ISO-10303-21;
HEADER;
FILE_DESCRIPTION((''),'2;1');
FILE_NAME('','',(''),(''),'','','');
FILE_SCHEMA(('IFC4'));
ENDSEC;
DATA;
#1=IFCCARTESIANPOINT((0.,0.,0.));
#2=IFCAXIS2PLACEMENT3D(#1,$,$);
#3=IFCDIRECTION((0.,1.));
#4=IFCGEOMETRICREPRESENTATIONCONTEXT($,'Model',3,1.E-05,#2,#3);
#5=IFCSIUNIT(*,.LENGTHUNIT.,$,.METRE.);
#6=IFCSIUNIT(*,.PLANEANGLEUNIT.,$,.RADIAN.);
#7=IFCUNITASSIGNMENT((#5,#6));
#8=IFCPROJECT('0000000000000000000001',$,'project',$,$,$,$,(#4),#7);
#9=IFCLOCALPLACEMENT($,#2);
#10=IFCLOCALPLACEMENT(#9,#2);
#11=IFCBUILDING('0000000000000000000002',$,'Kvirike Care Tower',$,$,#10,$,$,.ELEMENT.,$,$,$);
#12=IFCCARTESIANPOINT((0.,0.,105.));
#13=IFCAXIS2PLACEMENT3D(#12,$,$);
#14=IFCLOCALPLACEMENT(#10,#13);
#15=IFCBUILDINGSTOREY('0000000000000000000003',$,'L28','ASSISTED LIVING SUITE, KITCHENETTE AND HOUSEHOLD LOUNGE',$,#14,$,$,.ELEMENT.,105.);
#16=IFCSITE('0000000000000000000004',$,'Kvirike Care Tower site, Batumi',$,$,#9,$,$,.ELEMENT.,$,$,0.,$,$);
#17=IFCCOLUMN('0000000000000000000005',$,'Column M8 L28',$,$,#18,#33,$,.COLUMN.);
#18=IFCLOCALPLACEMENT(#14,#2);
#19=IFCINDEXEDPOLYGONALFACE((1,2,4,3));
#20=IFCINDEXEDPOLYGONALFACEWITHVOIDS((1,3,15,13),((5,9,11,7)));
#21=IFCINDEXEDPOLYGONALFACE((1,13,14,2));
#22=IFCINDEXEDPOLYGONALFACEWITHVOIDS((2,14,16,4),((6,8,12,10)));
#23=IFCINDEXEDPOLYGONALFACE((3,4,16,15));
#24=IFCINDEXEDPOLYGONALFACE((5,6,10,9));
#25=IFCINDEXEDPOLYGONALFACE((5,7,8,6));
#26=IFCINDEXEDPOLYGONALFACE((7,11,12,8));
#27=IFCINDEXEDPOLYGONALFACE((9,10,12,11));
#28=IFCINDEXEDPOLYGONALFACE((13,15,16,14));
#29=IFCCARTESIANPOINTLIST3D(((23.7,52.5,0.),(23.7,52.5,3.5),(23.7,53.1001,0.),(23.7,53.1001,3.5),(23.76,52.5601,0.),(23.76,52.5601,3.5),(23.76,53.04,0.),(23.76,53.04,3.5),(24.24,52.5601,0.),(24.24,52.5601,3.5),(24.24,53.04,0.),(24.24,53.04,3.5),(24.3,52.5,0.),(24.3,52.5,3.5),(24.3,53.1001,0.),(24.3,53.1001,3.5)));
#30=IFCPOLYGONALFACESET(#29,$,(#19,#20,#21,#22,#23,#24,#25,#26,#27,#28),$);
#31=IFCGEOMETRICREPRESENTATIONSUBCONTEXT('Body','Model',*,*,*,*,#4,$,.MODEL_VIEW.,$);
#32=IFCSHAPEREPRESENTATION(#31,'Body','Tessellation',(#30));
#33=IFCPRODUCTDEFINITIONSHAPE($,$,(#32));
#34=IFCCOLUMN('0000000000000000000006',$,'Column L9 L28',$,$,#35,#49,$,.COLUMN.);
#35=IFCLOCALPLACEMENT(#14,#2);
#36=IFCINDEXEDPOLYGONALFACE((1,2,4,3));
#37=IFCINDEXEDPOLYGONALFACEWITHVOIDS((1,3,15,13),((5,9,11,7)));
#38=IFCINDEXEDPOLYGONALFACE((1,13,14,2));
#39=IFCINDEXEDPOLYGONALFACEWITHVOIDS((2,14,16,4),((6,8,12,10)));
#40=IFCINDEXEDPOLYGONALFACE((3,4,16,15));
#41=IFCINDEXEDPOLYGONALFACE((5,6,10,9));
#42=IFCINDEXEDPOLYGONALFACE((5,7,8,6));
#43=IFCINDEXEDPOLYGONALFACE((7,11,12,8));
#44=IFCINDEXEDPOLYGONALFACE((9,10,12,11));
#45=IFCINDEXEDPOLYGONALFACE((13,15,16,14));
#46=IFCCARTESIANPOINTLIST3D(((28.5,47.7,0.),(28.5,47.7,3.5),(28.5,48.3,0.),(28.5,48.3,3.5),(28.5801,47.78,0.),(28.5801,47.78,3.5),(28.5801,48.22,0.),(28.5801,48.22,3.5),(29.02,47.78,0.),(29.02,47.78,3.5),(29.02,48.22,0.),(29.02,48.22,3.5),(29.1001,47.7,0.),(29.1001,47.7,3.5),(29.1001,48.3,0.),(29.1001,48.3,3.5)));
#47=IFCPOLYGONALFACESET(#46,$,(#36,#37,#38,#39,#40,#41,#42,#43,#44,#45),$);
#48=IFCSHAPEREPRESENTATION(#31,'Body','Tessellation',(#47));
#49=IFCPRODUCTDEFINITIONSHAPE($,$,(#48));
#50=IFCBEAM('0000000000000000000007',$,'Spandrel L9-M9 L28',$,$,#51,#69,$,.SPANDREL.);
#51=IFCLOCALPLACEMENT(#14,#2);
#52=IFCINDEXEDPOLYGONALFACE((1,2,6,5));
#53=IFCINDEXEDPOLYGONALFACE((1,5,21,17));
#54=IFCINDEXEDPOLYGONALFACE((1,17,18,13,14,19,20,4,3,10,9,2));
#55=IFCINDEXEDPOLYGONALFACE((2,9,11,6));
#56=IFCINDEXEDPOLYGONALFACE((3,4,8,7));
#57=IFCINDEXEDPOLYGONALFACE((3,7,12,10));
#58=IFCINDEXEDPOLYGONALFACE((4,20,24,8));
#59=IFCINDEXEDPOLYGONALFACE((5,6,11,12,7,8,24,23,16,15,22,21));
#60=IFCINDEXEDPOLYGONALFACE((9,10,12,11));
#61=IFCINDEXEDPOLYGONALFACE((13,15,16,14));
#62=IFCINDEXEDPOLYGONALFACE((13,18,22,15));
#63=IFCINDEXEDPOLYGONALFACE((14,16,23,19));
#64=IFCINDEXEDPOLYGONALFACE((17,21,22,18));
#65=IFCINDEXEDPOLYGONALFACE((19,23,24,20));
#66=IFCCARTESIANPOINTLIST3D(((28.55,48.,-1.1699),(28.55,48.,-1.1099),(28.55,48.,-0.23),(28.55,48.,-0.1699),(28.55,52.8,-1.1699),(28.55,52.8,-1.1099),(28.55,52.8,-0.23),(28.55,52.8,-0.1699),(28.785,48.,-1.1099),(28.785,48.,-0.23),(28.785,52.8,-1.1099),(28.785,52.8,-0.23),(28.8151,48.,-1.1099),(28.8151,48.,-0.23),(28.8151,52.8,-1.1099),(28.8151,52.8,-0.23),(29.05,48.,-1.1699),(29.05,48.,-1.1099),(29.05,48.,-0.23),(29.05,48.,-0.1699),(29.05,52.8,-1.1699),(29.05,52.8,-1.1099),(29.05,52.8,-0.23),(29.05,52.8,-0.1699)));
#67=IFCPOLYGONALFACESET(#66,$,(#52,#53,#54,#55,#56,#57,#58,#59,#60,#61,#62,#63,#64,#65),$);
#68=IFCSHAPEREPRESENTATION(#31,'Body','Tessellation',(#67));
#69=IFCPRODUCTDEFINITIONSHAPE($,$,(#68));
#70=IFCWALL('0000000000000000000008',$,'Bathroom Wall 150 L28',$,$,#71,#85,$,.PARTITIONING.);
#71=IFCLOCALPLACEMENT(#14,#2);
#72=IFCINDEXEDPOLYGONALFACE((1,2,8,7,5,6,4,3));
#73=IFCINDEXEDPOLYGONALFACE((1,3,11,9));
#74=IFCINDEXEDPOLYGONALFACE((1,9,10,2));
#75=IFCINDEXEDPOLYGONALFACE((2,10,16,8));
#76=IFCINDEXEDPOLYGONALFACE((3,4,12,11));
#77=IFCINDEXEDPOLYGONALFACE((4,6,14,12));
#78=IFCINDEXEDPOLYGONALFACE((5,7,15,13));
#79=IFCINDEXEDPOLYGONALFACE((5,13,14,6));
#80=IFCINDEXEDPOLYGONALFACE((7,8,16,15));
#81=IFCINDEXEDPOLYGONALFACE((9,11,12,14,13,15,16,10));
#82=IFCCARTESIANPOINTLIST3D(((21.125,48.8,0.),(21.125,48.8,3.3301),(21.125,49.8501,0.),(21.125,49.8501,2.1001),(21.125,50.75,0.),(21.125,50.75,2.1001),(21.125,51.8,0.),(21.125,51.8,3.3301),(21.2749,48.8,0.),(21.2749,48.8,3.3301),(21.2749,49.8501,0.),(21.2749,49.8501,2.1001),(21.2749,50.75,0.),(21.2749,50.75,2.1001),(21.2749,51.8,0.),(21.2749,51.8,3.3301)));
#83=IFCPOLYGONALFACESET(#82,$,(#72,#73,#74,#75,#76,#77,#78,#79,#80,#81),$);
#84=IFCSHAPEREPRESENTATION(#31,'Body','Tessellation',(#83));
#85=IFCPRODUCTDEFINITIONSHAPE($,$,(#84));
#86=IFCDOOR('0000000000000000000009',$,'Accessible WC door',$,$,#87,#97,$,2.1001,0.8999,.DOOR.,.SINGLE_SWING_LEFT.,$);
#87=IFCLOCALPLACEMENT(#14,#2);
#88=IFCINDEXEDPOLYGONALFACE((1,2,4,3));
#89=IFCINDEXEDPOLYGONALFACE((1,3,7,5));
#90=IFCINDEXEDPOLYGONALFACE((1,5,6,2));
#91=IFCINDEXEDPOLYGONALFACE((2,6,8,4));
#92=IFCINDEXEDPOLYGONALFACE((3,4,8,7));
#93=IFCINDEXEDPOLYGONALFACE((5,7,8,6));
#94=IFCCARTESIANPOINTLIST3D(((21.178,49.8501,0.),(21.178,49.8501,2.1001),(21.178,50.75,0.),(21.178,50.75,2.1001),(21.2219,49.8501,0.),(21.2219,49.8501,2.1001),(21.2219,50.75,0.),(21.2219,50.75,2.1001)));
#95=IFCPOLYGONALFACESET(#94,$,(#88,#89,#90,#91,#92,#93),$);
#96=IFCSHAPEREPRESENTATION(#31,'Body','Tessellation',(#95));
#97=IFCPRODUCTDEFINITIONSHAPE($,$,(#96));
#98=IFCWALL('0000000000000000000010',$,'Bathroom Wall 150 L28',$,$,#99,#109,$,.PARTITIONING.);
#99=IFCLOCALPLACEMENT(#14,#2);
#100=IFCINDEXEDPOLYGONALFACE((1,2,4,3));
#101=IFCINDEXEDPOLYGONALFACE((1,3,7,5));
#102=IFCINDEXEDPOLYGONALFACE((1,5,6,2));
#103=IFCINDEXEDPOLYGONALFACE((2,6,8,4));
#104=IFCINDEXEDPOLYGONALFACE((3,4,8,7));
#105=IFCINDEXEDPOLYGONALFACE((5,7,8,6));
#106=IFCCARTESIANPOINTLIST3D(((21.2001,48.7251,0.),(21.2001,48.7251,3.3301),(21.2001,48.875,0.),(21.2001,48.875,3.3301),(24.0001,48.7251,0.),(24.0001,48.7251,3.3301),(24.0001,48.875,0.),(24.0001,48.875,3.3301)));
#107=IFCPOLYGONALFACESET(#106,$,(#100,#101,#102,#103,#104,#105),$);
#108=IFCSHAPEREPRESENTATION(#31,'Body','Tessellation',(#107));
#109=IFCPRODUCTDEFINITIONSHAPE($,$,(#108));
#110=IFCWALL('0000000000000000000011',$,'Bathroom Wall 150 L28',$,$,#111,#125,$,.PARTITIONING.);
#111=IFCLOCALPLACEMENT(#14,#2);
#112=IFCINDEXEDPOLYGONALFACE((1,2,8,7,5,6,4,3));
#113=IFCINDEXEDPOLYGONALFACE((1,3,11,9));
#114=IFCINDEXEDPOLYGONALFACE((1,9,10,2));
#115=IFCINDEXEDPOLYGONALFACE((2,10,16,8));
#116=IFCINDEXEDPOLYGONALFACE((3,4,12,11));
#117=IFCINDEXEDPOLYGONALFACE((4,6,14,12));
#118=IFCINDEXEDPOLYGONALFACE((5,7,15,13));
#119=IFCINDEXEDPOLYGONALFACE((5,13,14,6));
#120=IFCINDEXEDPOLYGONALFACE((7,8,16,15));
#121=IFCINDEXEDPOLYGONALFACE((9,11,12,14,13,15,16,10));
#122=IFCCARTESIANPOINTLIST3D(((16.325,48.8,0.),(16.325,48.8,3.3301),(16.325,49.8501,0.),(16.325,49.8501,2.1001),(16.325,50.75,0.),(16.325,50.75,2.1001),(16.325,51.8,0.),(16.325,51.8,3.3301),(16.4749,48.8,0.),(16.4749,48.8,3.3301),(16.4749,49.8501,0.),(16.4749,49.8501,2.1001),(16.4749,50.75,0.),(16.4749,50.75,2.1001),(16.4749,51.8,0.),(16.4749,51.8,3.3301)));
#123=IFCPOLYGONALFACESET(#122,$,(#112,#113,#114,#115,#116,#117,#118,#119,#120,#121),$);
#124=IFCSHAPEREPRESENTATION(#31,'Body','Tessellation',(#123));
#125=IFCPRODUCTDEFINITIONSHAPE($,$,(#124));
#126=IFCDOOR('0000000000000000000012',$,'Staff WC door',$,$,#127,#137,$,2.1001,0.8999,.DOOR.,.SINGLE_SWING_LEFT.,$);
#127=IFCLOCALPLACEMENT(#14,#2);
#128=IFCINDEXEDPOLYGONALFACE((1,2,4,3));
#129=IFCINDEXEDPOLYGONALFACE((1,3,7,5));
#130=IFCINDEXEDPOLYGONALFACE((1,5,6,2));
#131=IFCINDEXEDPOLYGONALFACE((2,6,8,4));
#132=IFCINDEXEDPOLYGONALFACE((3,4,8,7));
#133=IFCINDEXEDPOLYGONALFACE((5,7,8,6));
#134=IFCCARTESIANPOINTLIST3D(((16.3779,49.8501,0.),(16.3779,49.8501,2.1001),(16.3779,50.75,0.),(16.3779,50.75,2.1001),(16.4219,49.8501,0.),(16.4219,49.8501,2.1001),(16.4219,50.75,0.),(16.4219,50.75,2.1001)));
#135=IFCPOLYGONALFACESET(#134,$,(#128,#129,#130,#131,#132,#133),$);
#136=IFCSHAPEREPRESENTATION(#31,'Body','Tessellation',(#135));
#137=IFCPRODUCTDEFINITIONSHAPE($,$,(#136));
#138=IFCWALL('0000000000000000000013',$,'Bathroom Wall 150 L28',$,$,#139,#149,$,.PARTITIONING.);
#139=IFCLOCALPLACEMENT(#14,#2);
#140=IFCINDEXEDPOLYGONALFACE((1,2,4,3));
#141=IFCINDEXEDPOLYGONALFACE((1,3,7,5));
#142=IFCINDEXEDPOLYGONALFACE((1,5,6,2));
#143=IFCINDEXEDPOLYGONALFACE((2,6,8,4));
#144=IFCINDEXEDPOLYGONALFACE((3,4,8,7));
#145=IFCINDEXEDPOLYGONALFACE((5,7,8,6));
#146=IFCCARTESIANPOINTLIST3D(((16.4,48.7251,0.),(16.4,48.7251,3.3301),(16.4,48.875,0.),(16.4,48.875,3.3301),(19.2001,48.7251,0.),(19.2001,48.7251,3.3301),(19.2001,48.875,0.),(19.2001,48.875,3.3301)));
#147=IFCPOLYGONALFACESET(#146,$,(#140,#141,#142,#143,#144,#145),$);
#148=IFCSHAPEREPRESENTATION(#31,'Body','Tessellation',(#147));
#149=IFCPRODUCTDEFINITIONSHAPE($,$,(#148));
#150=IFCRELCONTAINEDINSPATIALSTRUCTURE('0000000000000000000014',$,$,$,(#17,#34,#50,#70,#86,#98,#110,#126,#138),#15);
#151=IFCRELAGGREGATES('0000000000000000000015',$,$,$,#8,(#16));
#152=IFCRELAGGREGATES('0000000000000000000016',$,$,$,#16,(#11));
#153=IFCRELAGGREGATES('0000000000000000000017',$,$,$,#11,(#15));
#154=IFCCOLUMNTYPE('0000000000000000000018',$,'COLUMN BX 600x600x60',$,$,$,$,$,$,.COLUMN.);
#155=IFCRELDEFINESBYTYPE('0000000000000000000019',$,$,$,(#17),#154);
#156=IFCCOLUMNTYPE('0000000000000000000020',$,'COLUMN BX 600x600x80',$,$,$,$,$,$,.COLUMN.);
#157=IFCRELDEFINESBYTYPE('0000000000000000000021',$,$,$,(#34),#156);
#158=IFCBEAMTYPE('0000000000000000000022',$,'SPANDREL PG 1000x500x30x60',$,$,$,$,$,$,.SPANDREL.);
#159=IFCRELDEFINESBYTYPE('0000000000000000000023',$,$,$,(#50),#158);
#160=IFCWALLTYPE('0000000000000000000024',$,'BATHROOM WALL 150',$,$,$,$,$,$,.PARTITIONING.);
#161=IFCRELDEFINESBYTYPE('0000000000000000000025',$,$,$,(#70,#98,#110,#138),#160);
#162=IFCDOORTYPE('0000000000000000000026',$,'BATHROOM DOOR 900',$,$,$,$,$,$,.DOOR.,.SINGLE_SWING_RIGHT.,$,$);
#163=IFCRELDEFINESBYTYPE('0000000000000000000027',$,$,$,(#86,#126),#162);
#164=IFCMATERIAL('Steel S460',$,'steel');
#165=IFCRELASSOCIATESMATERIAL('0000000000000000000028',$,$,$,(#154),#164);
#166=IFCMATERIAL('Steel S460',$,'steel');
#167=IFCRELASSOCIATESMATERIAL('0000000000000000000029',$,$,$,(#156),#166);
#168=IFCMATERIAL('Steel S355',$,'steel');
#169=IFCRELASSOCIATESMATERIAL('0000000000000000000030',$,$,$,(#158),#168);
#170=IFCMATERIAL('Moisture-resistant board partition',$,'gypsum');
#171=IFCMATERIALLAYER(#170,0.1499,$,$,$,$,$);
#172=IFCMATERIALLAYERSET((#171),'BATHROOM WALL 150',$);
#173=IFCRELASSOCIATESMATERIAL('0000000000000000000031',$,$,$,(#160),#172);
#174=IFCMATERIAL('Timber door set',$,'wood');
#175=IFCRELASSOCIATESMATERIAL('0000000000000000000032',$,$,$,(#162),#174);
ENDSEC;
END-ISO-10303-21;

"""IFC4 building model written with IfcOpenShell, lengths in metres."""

from ifc_helpers import new_model, si_unit, direction, frame, frame_2d, origin, origin_2d, place, context, subcontext, project, spatial, rectangle, hollow_rectangle, i_section, extrude, material, layer, layer_set, material_profile, profile_set, type_object, element, fill, save


model = new_model("IFC4")

# Units and contexts
model_context = context("Model", 3, precision=1e-05, world=origin(), true_north=direction((0.0, 1.0)))
body_context = subcontext(model_context, "Body", "Model", "MODEL_VIEW")
ifc_project = project(units=[si_unit("LENGTHUNIT", "METRE"), si_unit("PLANEANGLEUNIT", "RADIAN")], contexts=[model_context])

# Site, building, storey
site_placement = place(None, origin())
site = spatial("IfcSite", under=ifc_project, at=site_placement, Name="Kvirike Care Tower site, Batumi", CompositionType="ELEMENT", RefElevation=0.0)
building_placement = place(site_placement, origin())
building = spatial("IfcBuilding", under=site, at=building_placement, Name="Kvirike Care Tower", CompositionType="ELEMENT")
storey_placement = place(building_placement, frame((0.0, 0.0, 105.0)))
storey = spatial("IfcBuildingStorey", under=building, at=storey_placement, Name="L28", Description="ASSISTED LIVING SUITE, KITCHENETTE AND HOUSEHOLD LOUNGE", CompositionType="ELEMENT", Elevation=105.0)

# Columns
ifc_material_1 = material(Name="Steel S460", Category="steel")
ifc_material_profile_1 = material_profile(ifc_material_1, hollow_rectangle(XDim=0.6001, YDim=0.6001, WallThickness=0.0601, at=origin_2d()), Name="BX 600x600x60")
ifc_profile_set_1 = profile_set([ifc_material_profile_1], Name="Steel S460")
column_type_1 = type_object("IfcColumnType", Name="COLUMN BX 600x600x60", PredefinedType="COLUMN", material=ifc_profile_set_1)
column_1_placement = place(storey_placement, frame((24.0, 52.8, 0.0), z_axis=(0.0, 0.0, 1.0), x_axis=(0.0, 1.0, 0.0)))
element("IfcColumn", 1, at=column_1_placement, inside=storey, type_object=column_type_1, Name="Column M8 L28", PredefinedType="COLUMN", context=body_context, shape_type="SweptSolid", body=[
    extrude(hollow_rectangle(XDim=0.6001, YDim=0.6001, WallThickness=0.0601, at=origin_2d()), origin(), (0.0, 0.0, 1.0), 3.5),
])
ifc_material_2 = material(Name="Steel S460", Category="steel")
ifc_material_profile_2 = material_profile(ifc_material_2, hollow_rectangle(XDim=0.6001, YDim=0.6001, WallThickness=0.0801, at=origin_2d()), Name="BX 600x600x80")
ifc_profile_set_2 = profile_set([ifc_material_profile_2], Name="Steel S460")
column_type_2 = type_object("IfcColumnType", Name="COLUMN BX 600x600x80", PredefinedType="COLUMN", material=ifc_profile_set_2)
column_2_placement = place(storey_placement, frame((28.8, 48.0, 0.0), z_axis=(0.0, 0.0, 1.0), x_axis=(1.0, 0.0, 0.0)))
element("IfcColumn", 2, at=column_2_placement, inside=storey, type_object=column_type_2, Name="Column L9 L28", PredefinedType="COLUMN", context=body_context, shape_type="SweptSolid", body=[
    extrude(hollow_rectangle(XDim=0.6001, YDim=0.6001, WallThickness=0.0801, at=origin_2d()), origin(), (0.0, 0.0, 1.0), 3.5),
])

# Beam
ifc_material_3 = material(Name="Steel S355", Category="steel")
ifc_material_profile_3 = material_profile(ifc_material_3, i_section(OverallWidth=0.5, OverallDepth=1.0, WebThickness=0.03, FlangeThickness=0.0601, at=origin_2d()), Name="PG 1000x500x30x60")
ifc_profile_set_3 = profile_set([ifc_material_profile_3], Name="Steel S355")
beam_type = type_object("IfcBeamType", Name="SPANDREL PG 1000x500x30x60", PredefinedType="SPANDREL", material=ifc_profile_set_3)
beam_placement = place(storey_placement, frame((28.8, 48.0, -0.6699), z_axis=(0.0, 1.0, 0.0), x_axis=(-1.0, 0.0, 0.0)))
element("IfcBeam", 3, at=beam_placement, inside=storey, type_object=beam_type, Name="Spandrel L9-M9 L28", PredefinedType="SPANDREL", context=body_context, shape_type="SweptSolid", body=[
    extrude(i_section(OverallWidth=0.5, OverallDepth=1.0, WebThickness=0.03, FlangeThickness=0.0601, at=origin_2d()), origin(), (0.0, 0.0, 1.0), 4.8),
])

# Wall, opening, door
ifc_material_4 = material(Name="Moisture-resistant board partition", Category="gypsum")
ifc_layer_1 = layer(ifc_material_4, 0.1499)
ifc_layer_set_1 = layer_set([ifc_layer_1], Name="BATHROOM WALL 150")
wall_type_1 = type_object("IfcWallType", Name="BATHROOM WALL 150", PredefinedType="PARTITIONING", material=ifc_layer_set_1)
wall_1_placement = place(storey_placement, frame((21.2, 51.8, 0.0), z_axis=(0.0, 0.0, 1.0), x_axis=(0.0, -1.0, 0.0)))
wall_1 = element("IfcWall", 4, at=wall_1_placement, inside=storey, type_object=wall_type_1, Name="Bathroom Wall 150 L28", PredefinedType="PARTITIONING", context=body_context, shape_type="SweptSolid", body=[
    extrude(rectangle(XDim=3.0, YDim=0.1499, at=frame_2d((1.5, 0.0))), origin(), (0.0, 0.0, 1.0), 3.3301),
])
opening_1_placement = place(wall_1_placement, frame((1.05, 0.0, 0.0)))
opening_1 = element("IfcOpeningElement", 5, at=opening_1_placement, cuts=wall_1, PredefinedType="OPENING", context=body_context, shape_type="SweptSolid", body=[
    extrude(rectangle(XDim=0.8999, YDim=2.1001, at=frame_2d((0.45, 1.05))), frame((0.0, 0.0854, 0.0), z_axis=(0.0, -1.0, 0.0), x_axis=(1.0, 0.0, 0.0)), (0.0, 0.0, 1.0), 0.1709),
])
ifc_material_5 = material(Name="Timber door set", Category="wood")
door_type_1 = type_object("IfcDoorType", Name="BATHROOM DOOR 900", OperationType="SINGLE_SWING_RIGHT", PredefinedType="DOOR", material=ifc_material_5)
door_1_placement = place(opening_1_placement, origin())
door_1 = element("IfcDoor", 6, at=door_1_placement, inside=storey, type_object=door_type_1, Name="Accessible WC door", OperationType="SINGLE_SWING_LEFT", OverallHeight=2.1001, OverallWidth=0.8999, PredefinedType="DOOR", context=body_context, shape_type="SweptSolid", body=[
    extrude(rectangle(XDim=0.8999, YDim=2.1001, at=frame_2d((0.45, 1.05))), frame((0.0, 0.022, 0.0), z_axis=(0.0, -1.0, 0.0), x_axis=(1.0, 0.0, 0.0)), (0.0, 0.0, 1.0), 0.0439),
])
fill(opening_1, door_1)

# Wall
wall_2_placement = place(storey_placement, frame((24.0, 48.8, 0.0), z_axis=(0.0, 0.0, 1.0), x_axis=(-1.0, 0.0, 0.0)))
element("IfcWall", 7, at=wall_2_placement, inside=storey, type_object=wall_type_1, Name="Bathroom Wall 150 L28", PredefinedType="PARTITIONING", context=body_context, shape_type="SweptSolid", body=[
    extrude(rectangle(XDim=2.8, YDim=0.1499, at=frame_2d((1.3999, 0.0))), origin(), (0.0, 0.0, 1.0), 3.3301),
])

# Wall, opening, door
wall_3_placement = place(storey_placement, frame((16.3999, 51.8, 0.0), z_axis=(0.0, 0.0, 1.0), x_axis=(0.0, -1.0, 0.0)))
wall_3 = element("IfcWall", 8, at=wall_3_placement, inside=storey, type_object=wall_type_1, Name="Bathroom Wall 150 L28", PredefinedType="PARTITIONING", context=body_context, shape_type="SweptSolid", body=[
    extrude(rectangle(XDim=3.0, YDim=0.1499, at=frame_2d((1.5, 0.0))), origin(), (0.0, 0.0, 1.0), 3.3301),
])
opening_2_placement = place(wall_3_placement, frame((1.05, 0.0, 0.0)))
opening_2 = element("IfcOpeningElement", 9, at=opening_2_placement, cuts=wall_3, PredefinedType="OPENING", context=body_context, shape_type="SweptSolid", body=[
    extrude(rectangle(XDim=0.8999, YDim=2.1001, at=frame_2d((0.45, 1.05))), frame((0.0, 0.0854, 0.0), z_axis=(0.0, -1.0, 0.0), x_axis=(1.0, 0.0, 0.0)), (0.0, 0.0, 1.0), 0.1709),
])
door_2_placement = place(opening_2_placement, origin())
door_2 = element("IfcDoor", 10, at=door_2_placement, inside=storey, type_object=door_type_1, Name="Staff WC door", OperationType="SINGLE_SWING_LEFT", OverallHeight=2.1001, OverallWidth=0.8999, PredefinedType="DOOR", context=body_context, shape_type="SweptSolid", body=[
    extrude(rectangle(XDim=0.8999, YDim=2.1001, at=frame_2d((0.45, 1.05))), frame((0.0, 0.022, 0.0), z_axis=(0.0, -1.0, 0.0), x_axis=(1.0, 0.0, 0.0)), (0.0, 0.0, 1.0), 0.0439),
])
fill(opening_2, door_2)

# Wall
wall_4_placement = place(storey_placement, frame((19.2, 48.8, 0.0), z_axis=(0.0, 0.0, 1.0), x_axis=(-1.0, 0.0, 0.0)))
element("IfcWall", 11, at=wall_4_placement, inside=storey, type_object=wall_type_1, Name="Bathroom Wall 150 L28", PredefinedType="PARTITIONING", context=body_context, shape_type="SweptSolid", body=[
    extrude(rectangle(XDim=2.8, YDim=0.1499, at=frame_2d((1.3999, 0.0))), origin(), (0.0, 0.0, 1.0), 3.3301),
])

save(model, "model.ifc")
